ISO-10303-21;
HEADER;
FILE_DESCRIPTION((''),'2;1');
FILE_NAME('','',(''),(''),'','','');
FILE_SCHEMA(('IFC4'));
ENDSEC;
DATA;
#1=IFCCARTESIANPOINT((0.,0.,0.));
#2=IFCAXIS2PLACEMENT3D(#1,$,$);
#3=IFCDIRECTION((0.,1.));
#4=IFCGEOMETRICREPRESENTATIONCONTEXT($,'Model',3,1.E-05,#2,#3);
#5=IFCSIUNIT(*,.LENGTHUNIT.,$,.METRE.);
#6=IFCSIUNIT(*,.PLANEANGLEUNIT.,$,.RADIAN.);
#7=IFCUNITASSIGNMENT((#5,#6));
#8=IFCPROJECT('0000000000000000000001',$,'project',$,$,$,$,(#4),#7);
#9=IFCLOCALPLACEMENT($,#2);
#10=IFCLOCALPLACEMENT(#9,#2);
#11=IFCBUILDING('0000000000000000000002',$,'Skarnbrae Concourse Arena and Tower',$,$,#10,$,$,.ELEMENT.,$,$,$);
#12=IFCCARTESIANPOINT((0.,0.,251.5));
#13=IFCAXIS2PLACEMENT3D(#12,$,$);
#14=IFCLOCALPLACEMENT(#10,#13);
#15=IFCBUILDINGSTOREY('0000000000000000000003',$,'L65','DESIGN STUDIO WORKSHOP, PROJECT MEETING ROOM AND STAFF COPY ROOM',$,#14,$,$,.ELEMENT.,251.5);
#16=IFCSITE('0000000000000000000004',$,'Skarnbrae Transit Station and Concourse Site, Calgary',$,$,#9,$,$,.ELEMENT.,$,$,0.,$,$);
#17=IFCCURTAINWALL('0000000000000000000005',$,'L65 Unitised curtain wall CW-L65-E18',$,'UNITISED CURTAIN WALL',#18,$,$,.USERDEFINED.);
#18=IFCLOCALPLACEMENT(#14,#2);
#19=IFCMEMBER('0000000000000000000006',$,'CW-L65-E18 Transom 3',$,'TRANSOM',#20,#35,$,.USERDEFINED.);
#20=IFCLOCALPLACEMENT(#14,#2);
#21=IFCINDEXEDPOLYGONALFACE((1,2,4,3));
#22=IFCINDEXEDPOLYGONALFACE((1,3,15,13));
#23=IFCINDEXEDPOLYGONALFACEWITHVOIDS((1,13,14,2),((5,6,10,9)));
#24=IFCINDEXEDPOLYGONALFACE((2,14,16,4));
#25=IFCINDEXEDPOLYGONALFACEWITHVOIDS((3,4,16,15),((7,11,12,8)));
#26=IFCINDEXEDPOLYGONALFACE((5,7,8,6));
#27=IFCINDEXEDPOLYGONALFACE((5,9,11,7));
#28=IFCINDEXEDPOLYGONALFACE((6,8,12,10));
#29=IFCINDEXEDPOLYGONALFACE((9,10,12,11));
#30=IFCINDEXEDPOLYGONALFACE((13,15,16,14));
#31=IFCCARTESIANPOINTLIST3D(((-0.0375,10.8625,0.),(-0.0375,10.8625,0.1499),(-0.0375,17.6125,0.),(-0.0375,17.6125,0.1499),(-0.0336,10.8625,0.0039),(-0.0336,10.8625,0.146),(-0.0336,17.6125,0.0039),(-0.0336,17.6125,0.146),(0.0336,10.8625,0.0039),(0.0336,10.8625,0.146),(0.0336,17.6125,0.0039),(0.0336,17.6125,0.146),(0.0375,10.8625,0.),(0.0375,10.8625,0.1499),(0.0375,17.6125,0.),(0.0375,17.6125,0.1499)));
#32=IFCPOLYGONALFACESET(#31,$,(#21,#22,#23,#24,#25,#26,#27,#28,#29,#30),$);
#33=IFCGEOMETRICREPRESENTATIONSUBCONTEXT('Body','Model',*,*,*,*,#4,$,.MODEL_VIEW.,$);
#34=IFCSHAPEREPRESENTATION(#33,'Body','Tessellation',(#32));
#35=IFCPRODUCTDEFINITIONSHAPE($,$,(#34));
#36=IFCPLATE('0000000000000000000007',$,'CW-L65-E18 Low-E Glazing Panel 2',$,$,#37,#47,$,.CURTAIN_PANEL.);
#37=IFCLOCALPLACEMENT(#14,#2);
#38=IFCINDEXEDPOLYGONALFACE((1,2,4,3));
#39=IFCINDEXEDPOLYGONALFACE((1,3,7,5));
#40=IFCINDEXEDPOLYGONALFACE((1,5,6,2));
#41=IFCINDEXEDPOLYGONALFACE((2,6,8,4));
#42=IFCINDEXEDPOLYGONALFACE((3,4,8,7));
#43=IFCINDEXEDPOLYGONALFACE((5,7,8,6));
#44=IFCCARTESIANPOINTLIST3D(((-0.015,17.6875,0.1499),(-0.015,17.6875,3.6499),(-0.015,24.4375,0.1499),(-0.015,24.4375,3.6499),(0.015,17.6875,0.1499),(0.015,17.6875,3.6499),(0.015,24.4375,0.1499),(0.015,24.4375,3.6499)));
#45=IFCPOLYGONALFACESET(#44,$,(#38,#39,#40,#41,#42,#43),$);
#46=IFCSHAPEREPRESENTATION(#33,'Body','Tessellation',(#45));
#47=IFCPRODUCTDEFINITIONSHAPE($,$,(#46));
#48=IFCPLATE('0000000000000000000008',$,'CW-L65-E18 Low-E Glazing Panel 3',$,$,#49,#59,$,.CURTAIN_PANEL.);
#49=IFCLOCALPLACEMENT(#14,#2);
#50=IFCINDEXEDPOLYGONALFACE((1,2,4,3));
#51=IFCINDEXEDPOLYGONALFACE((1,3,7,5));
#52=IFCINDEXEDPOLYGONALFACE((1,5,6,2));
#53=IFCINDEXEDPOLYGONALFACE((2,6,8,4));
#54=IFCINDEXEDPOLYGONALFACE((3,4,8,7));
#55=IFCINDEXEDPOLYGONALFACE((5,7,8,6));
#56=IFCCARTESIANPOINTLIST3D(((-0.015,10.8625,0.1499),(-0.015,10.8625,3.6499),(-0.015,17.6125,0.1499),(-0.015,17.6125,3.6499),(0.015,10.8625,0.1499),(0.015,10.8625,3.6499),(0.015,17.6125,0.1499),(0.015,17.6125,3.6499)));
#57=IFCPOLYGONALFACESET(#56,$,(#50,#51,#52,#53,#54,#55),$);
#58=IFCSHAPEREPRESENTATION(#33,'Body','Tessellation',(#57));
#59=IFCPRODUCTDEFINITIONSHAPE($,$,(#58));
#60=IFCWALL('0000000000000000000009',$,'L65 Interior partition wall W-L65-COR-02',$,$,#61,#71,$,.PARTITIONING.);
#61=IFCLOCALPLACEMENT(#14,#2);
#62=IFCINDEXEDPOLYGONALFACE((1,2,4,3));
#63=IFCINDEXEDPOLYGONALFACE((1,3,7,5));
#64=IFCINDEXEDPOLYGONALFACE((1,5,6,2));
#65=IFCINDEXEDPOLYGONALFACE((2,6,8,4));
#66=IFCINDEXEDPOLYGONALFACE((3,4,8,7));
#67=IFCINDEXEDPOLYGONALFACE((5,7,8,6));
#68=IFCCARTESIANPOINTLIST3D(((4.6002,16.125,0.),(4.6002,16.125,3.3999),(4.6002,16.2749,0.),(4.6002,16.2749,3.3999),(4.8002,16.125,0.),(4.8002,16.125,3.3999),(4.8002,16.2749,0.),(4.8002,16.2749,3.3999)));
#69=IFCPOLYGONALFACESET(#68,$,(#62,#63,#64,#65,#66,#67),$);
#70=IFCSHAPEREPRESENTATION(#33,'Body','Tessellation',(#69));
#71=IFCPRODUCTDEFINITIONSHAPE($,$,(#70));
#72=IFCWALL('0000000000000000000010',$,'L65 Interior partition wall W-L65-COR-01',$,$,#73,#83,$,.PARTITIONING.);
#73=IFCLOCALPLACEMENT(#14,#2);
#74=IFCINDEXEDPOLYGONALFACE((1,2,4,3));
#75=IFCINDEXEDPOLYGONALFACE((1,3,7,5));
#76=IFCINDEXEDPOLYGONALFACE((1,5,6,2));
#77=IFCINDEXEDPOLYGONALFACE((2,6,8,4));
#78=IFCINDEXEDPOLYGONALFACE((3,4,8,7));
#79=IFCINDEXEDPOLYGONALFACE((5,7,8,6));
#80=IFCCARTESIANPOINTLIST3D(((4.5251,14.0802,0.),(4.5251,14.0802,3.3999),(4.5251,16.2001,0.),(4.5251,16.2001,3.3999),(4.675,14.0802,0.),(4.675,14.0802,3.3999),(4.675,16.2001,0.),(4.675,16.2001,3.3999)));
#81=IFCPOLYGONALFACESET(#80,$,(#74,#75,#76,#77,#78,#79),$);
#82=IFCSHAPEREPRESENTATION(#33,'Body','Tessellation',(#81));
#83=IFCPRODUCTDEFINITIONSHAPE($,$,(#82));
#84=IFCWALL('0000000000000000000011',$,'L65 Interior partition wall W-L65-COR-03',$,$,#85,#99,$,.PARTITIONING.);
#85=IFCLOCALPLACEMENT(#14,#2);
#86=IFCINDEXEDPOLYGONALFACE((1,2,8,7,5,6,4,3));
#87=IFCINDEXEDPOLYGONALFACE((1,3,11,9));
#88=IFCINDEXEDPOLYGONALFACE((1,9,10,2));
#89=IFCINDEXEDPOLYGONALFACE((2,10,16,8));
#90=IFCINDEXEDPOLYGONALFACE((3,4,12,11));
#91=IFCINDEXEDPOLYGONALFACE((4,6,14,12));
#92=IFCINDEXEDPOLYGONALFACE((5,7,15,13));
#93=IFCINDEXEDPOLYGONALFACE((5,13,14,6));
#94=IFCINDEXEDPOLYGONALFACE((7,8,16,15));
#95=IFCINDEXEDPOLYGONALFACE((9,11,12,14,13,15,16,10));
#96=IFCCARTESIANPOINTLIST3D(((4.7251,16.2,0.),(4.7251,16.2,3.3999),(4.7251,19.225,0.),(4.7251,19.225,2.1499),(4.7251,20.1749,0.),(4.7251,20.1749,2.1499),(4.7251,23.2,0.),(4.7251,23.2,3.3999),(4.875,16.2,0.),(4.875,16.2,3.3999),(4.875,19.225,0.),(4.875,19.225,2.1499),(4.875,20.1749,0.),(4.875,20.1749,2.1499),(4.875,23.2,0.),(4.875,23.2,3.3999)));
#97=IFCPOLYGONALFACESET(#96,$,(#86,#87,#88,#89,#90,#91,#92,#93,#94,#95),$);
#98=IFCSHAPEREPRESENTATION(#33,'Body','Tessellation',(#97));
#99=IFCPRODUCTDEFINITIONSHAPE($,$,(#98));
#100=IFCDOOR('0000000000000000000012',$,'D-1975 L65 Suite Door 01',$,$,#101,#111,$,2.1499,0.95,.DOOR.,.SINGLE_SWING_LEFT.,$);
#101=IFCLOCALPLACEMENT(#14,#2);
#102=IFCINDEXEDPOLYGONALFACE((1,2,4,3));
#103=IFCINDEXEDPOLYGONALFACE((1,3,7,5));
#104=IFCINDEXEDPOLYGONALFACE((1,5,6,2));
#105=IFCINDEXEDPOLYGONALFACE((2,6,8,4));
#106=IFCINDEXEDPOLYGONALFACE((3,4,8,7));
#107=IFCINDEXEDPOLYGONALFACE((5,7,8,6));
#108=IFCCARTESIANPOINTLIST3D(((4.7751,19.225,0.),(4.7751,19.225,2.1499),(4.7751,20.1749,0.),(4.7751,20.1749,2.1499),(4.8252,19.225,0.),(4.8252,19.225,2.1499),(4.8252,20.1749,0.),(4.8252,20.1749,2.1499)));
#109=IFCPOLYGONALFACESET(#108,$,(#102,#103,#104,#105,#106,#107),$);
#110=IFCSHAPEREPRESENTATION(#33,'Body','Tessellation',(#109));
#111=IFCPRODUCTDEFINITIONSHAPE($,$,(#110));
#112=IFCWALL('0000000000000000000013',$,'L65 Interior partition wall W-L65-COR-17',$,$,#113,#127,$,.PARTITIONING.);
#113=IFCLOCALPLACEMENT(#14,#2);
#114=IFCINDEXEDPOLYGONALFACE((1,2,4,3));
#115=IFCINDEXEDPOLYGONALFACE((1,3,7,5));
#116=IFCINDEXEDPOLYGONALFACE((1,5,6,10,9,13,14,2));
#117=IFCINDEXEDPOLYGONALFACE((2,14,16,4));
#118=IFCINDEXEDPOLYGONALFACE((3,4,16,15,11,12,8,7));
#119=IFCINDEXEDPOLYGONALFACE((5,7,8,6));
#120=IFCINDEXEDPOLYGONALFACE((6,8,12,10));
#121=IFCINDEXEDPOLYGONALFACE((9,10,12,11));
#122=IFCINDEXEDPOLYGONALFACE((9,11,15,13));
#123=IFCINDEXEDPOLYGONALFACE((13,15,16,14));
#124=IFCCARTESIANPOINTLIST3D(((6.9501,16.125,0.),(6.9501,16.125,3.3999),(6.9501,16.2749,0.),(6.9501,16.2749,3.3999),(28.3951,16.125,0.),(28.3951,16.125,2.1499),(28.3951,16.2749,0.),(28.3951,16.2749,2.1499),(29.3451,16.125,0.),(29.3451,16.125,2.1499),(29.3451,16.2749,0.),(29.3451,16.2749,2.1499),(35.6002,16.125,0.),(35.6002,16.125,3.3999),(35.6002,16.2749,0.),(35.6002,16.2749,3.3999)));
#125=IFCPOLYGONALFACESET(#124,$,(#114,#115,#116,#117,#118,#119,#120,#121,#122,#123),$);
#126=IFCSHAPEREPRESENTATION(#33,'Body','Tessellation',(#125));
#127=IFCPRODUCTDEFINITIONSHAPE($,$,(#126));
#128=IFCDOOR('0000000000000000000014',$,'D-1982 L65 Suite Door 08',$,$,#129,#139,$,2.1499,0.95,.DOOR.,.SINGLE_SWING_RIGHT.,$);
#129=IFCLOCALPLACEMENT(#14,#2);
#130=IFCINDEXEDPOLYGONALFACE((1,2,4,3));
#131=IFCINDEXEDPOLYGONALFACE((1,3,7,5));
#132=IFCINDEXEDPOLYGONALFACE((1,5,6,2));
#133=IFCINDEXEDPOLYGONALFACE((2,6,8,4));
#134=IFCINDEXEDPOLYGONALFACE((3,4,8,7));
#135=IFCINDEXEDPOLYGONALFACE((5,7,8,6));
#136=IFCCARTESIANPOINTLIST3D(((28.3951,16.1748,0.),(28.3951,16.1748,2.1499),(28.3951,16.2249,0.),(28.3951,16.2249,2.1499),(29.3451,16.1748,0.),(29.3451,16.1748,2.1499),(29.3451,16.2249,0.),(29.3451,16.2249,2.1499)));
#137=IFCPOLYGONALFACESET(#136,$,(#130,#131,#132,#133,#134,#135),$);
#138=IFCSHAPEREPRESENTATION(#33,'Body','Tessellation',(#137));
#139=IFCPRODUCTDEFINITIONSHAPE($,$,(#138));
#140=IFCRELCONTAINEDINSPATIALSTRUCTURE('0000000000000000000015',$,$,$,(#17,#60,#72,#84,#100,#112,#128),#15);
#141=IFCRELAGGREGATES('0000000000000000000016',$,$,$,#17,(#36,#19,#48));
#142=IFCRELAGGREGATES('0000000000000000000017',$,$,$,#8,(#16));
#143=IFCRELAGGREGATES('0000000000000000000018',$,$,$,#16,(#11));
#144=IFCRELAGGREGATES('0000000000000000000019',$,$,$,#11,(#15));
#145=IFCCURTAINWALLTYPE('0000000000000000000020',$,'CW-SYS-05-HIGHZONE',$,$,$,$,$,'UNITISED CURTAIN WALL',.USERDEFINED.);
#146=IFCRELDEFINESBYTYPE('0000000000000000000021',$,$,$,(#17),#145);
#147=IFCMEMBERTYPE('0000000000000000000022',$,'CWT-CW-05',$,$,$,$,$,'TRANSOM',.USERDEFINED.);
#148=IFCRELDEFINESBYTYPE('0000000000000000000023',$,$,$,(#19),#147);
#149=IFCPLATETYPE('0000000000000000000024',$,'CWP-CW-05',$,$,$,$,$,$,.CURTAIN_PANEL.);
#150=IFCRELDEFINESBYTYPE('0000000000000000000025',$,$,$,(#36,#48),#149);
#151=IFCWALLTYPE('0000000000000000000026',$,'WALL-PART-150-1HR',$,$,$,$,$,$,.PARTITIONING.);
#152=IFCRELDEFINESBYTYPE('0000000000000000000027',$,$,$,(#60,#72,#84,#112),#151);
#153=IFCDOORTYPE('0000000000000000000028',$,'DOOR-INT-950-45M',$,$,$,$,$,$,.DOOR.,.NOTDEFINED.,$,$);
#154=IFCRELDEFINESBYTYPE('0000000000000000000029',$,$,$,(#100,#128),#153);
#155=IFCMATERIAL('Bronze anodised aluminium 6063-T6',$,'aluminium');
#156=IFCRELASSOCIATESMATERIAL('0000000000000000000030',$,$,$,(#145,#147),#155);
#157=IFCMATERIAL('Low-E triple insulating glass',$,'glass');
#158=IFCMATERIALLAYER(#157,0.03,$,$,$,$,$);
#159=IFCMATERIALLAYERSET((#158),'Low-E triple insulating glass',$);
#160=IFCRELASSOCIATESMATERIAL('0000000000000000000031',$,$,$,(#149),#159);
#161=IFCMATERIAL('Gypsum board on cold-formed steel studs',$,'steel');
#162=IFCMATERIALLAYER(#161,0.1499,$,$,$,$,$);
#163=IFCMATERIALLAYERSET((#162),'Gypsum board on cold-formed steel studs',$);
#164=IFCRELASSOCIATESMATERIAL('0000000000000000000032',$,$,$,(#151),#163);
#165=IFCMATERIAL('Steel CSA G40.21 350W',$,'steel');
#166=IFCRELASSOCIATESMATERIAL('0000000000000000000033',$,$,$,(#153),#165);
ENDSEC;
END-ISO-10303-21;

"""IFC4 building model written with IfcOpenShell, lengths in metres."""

from ifc_helpers import new_model, si_unit, direction, frame, frame_2d, origin, origin_2d, place, context, subcontext, project, spatial, rectangle, hollow_rectangle, extrude, source, transform, mapped, material, layer, layer_set, material_profile, profile_set, type_object, element, fill, aggregate, save


model = new_model("IFC4")

# Units and contexts
model_context = context("Model", 3, precision=1e-05, world=origin(), true_north=direction((0.0, 1.0)))
body_context = subcontext(model_context, "Body", "Model", "MODEL_VIEW")
ifc_project = project(units=[si_unit("LENGTHUNIT", "METRE"), si_unit("PLANEANGLEUNIT", "RADIAN")], contexts=[model_context])

# Site, building, storey
site_placement = place(None, origin())
site = spatial("IfcSite", under=ifc_project, at=site_placement, Name="Skarnbrae Transit Station and Concourse Site, Calgary", CompositionType="ELEMENT", RefElevation=0.0)
building_placement = place(site_placement, origin())
building = spatial("IfcBuilding", under=site, at=building_placement, Name="Skarnbrae Concourse Arena and Tower", CompositionType="ELEMENT")
storey_placement = place(building_placement, frame((0.0, 0.0, 251.5)))
storey = spatial("IfcBuildingStorey", under=building, at=storey_placement, Name="L65", Description="DESIGN STUDIO WORKSHOP, PROJECT MEETING ROOM AND STAFF COPY ROOM", CompositionType="ELEMENT", Elevation=251.5)

# Shared definitions
ifc_material_1 = material(Name="Steel CSA G40.21 350W", Category="steel")

# Curtain wall, member, plates
ifc_material_2 = material(Name="Bronze anodised aluminium 6063-T6", Category="aluminium")
curtain_wall_type = type_object("IfcCurtainWallType", Name="CW-SYS-05-HIGHZONE", ElementType="UNITISED CURTAIN WALL", PredefinedType="USERDEFINED", material=ifc_material_2)
curtain_wall_placement = place(storey_placement, origin())
curtain_wall = element("IfcCurtainWall", 1, at=curtain_wall_placement, inside=storey, type_object=curtain_wall_type, Name="L65 Unitised curtain wall CW-L65-E18", ObjectType="UNITISED CURTAIN WALL", PredefinedType="USERDEFINED")
ifc_material_profile_1 = material_profile(ifc_material_2, hollow_rectangle(XDim=0.075, YDim=0.1499, WallThickness=0.0039, at=origin_2d()), Name="ALU-TRAN-75X150")
ifc_profile_set_1 = profile_set([ifc_material_profile_1], Name="Bronze anodised aluminium 6063-T6")
member_type_1 = type_object("IfcMemberType", Name="CWT-CW-05", ElementType="TRANSOM", PredefinedType="USERDEFINED", material=ifc_profile_set_1)
shared_shape_1 = source(origin(), body_context, "Body", "SweptSolid", [
    extrude(hollow_rectangle(XDim=0.075, YDim=0.1499, WallThickness=0.0039, at=origin_2d()), origin(), (0.0, 0.0, 1.0), 6.75),
])
member_1_placement = place(storey_placement, frame((0.0, 17.6125, 0.075), z_axis=(0.0, -1.0, 0.0), x_axis=(1.0, 0.0, 0.0)))
member_1 = element("IfcMember", 2, at=member_1_placement, type_object=member_type_1, Name="CW-L65-E18 Transom 3", ObjectType="TRANSOM", PredefinedType="USERDEFINED", context=body_context, shape_type="MappedRepresentation", body=[
    mapped(shared_shape_1, transform((0.0, 0.0, 0.0))),
])
ifc_material_3 = material(Name="Low-E triple insulating glass", Category="glass")
ifc_layer_1 = layer(ifc_material_3, 0.03)
ifc_layer_set_1 = layer_set([ifc_layer_1], Name="Low-E triple insulating glass")
plate_type = type_object("IfcPlateType", Name="CWP-CW-05", PredefinedType="CURTAIN_PANEL", material=ifc_layer_set_1)
shared_shape_2 = source(origin(), body_context, "Body", "SweptSolid", [
    extrude(rectangle(XDim=6.75, YDim=0.03, at=origin_2d()), origin(), (0.0, 0.0, 1.0), 3.5),
])
plate_1_placement = place(storey_placement, frame((0.0, 21.0625, 0.1499), z_axis=(0.0, 0.0, 1.0), x_axis=(0.0, -1.0, 0.0)))
plate_1 = element("IfcPlate", 3, at=plate_1_placement, type_object=plate_type, Name="CW-L65-E18 Low-E Glazing Panel 2", PredefinedType="CURTAIN_PANEL", context=body_context, shape_type="MappedRepresentation", body=[
    mapped(shared_shape_2, transform((0.0, 0.0, 0.0))),
])
plate_2_placement = place(storey_placement, frame((0.0, 14.2375, 0.1499), z_axis=(0.0, 0.0, 1.0), x_axis=(0.0, -1.0, 0.0)))
plate_2 = element("IfcPlate", 4, at=plate_2_placement, type_object=plate_type, Name="CW-L65-E18 Low-E Glazing Panel 3", PredefinedType="CURTAIN_PANEL", context=body_context, shape_type="MappedRepresentation", body=[
    mapped(shared_shape_2, transform((0.0, 0.0, 0.0))),
])
aggregate(curtain_wall, [plate_1, member_1, plate_2])

# Walls
ifc_material_4 = material(Name="Gypsum board on cold-formed steel studs", Category="steel")
ifc_layer_2 = layer(ifc_material_4, 0.1499)
ifc_layer_set_2 = layer_set([ifc_layer_2], Name="Gypsum board on cold-formed steel studs")
wall_type_1 = type_object("IfcWallType", Name="WALL-PART-150-1HR", PredefinedType="PARTITIONING", material=ifc_layer_set_2)
shared_shape_3 = source(origin(), body_context, "Body", "SweptSolid", [
    extrude(rectangle(XDim=0.2, YDim=0.1499, at=frame_2d((0.1001, 0.0))), origin(), (0.0, 0.0, 1.0), 3.3999),
])
wall_1_placement = place(storey_placement, frame((4.6001, 16.2, 0.0), z_axis=(0.0, 0.0, 1.0), x_axis=(1.0, 0.0, 0.0)))
element("IfcWall", 5, at=wall_1_placement, inside=storey, type_object=wall_type_1, Name="L65 Interior partition wall W-L65-COR-02", PredefinedType="PARTITIONING", context=body_context, shape_type="MappedRepresentation", body=[
    mapped(shared_shape_3, transform((0.0, 0.0, 0.0))),
])
shared_shape_4 = source(origin(), body_context, "Body", "SweptSolid", [
    extrude(rectangle(XDim=2.1199, YDim=0.1499, at=frame_2d((1.0601, 0.0))), origin(), (0.0, 0.0, 1.0), 3.3999),
])
wall_2_placement = place(storey_placement, frame((4.6001, 14.0801, 0.0), z_axis=(0.0, 0.0, 1.0), x_axis=(0.0, 1.0, 0.0)))
element("IfcWall", 6, at=wall_2_placement, inside=storey, type_object=wall_type_1, Name="L65 Interior partition wall W-L65-COR-01", PredefinedType="PARTITIONING", context=body_context, shape_type="MappedRepresentation", body=[
    mapped(shared_shape_4, transform((0.0, 0.0, 0.0))),
])

# Walls, openings, doors
shared_shape_5 = source(origin(), body_context, "Body", "SweptSolid", [
    extrude(rectangle(XDim=7.0, YDim=0.1499, at=frame_2d((3.5, 0.0))), origin(), (0.0, 0.0, 1.0), 3.3999),
])
wall_3_placement = place(storey_placement, frame((4.8, 16.2, 0.0), z_axis=(0.0, 0.0, 1.0), x_axis=(0.0, 1.0, 0.0)))
wall_3 = element("IfcWall", 7, at=wall_3_placement, inside=storey, type_object=wall_type_1, Name="L65 Interior partition wall W-L65-COR-03", PredefinedType="PARTITIONING", context=body_context, shape_type="MappedRepresentation", body=[
    mapped(shared_shape_5, transform((0.0, 0.0, 0.0))),
])
opening_1_placement = place(wall_3_placement, frame((3.0249, 0.0, 0.0)))
opening_1 = element("IfcOpeningElement", 8, at=opening_1_placement, cuts=wall_3, PredefinedType="OPENING", context=body_context, shape_type="SweptSolid", body=[
    extrude(rectangle(XDim=0.95, YDim=2.1499, at=frame_2d((0.4751, 1.075))), frame((0.0, 0.085, 0.0), z_axis=(0.0, -1.0, 0.0), x_axis=(1.0, 0.0, 0.0)), (0.0, 0.0, 1.0), 0.1699),
])
door_type_1 = type_object("IfcDoorType", Name="DOOR-INT-950-45M", OperationType="NOTDEFINED", PredefinedType="DOOR", material=ifc_material_1)
shared_shape_6 = source(origin(), body_context, "Body", "SweptSolid", [
    extrude(rectangle(XDim=0.95, YDim=2.1499, at=frame_2d((0.4751, 1.075))), frame((0.0, 0.0249, 0.0), z_axis=(0.0, -1.0, 0.0), x_axis=(1.0, 0.0, 0.0)), (0.0, 0.0, 1.0), 0.05),
])
door_1_placement = place(opening_1_placement, origin())
door_1 = element("IfcDoor", 9, at=door_1_placement, inside=storey, type_object=door_type_1, Name="D-1975 L65 Suite Door 01", OperationType="SINGLE_SWING_LEFT", OverallHeight=2.1499, OverallWidth=0.95, PredefinedType="DOOR", context=body_context, shape_type="MappedRepresentation", body=[
    mapped(shared_shape_6, transform((0.0, 0.0, 0.0))),
])
fill(opening_1, door_1)
shared_shape_7 = source(origin(), body_context, "Body", "SweptSolid", [
    extrude(rectangle(XDim=28.6501, YDim=0.1499, at=frame_2d((14.3252, 0.0))), origin(), (0.0, 0.0, 1.0), 3.3999),
])
wall_4_placement = place(storey_placement, frame((6.95, 16.2, 0.0), z_axis=(0.0, 0.0, 1.0), x_axis=(1.0, 0.0, 0.0)))
wall_4 = element("IfcWall", 10, at=wall_4_placement, inside=storey, type_object=wall_type_1, Name="L65 Interior partition wall W-L65-COR-17", PredefinedType="PARTITIONING", context=body_context, shape_type="MappedRepresentation", body=[
    mapped(shared_shape_7, transform((0.0, 0.0, 0.0))),
])
opening_2_placement = place(wall_4_placement, frame((21.4451, 0.0, 0.0)))
opening_2 = element("IfcOpeningElement", 11, at=opening_2_placement, cuts=wall_4, PredefinedType="OPENING", context=body_context, shape_type="SweptSolid", body=[
    extrude(rectangle(XDim=0.95, YDim=2.1499, at=frame_2d((0.4751, 1.075))), frame((0.0, 0.085, 0.0), z_axis=(0.0, -1.0, 0.0), x_axis=(1.0, 0.0, 0.0)), (0.0, 0.0, 1.0), 0.1699),
])
door_2_placement = place(opening_2_placement, origin())
door_2 = element("IfcDoor", 12, at=door_2_placement, inside=storey, type_object=door_type_1, Name="D-1982 L65 Suite Door 08", OperationType="SINGLE_SWING_RIGHT", OverallHeight=2.1499, OverallWidth=0.95, PredefinedType="DOOR", context=body_context, shape_type="MappedRepresentation", body=[
    mapped(shared_shape_6, transform((0.0, 0.0, 0.0))),
])
fill(opening_2, door_2)

save(model, "model.ifc")
